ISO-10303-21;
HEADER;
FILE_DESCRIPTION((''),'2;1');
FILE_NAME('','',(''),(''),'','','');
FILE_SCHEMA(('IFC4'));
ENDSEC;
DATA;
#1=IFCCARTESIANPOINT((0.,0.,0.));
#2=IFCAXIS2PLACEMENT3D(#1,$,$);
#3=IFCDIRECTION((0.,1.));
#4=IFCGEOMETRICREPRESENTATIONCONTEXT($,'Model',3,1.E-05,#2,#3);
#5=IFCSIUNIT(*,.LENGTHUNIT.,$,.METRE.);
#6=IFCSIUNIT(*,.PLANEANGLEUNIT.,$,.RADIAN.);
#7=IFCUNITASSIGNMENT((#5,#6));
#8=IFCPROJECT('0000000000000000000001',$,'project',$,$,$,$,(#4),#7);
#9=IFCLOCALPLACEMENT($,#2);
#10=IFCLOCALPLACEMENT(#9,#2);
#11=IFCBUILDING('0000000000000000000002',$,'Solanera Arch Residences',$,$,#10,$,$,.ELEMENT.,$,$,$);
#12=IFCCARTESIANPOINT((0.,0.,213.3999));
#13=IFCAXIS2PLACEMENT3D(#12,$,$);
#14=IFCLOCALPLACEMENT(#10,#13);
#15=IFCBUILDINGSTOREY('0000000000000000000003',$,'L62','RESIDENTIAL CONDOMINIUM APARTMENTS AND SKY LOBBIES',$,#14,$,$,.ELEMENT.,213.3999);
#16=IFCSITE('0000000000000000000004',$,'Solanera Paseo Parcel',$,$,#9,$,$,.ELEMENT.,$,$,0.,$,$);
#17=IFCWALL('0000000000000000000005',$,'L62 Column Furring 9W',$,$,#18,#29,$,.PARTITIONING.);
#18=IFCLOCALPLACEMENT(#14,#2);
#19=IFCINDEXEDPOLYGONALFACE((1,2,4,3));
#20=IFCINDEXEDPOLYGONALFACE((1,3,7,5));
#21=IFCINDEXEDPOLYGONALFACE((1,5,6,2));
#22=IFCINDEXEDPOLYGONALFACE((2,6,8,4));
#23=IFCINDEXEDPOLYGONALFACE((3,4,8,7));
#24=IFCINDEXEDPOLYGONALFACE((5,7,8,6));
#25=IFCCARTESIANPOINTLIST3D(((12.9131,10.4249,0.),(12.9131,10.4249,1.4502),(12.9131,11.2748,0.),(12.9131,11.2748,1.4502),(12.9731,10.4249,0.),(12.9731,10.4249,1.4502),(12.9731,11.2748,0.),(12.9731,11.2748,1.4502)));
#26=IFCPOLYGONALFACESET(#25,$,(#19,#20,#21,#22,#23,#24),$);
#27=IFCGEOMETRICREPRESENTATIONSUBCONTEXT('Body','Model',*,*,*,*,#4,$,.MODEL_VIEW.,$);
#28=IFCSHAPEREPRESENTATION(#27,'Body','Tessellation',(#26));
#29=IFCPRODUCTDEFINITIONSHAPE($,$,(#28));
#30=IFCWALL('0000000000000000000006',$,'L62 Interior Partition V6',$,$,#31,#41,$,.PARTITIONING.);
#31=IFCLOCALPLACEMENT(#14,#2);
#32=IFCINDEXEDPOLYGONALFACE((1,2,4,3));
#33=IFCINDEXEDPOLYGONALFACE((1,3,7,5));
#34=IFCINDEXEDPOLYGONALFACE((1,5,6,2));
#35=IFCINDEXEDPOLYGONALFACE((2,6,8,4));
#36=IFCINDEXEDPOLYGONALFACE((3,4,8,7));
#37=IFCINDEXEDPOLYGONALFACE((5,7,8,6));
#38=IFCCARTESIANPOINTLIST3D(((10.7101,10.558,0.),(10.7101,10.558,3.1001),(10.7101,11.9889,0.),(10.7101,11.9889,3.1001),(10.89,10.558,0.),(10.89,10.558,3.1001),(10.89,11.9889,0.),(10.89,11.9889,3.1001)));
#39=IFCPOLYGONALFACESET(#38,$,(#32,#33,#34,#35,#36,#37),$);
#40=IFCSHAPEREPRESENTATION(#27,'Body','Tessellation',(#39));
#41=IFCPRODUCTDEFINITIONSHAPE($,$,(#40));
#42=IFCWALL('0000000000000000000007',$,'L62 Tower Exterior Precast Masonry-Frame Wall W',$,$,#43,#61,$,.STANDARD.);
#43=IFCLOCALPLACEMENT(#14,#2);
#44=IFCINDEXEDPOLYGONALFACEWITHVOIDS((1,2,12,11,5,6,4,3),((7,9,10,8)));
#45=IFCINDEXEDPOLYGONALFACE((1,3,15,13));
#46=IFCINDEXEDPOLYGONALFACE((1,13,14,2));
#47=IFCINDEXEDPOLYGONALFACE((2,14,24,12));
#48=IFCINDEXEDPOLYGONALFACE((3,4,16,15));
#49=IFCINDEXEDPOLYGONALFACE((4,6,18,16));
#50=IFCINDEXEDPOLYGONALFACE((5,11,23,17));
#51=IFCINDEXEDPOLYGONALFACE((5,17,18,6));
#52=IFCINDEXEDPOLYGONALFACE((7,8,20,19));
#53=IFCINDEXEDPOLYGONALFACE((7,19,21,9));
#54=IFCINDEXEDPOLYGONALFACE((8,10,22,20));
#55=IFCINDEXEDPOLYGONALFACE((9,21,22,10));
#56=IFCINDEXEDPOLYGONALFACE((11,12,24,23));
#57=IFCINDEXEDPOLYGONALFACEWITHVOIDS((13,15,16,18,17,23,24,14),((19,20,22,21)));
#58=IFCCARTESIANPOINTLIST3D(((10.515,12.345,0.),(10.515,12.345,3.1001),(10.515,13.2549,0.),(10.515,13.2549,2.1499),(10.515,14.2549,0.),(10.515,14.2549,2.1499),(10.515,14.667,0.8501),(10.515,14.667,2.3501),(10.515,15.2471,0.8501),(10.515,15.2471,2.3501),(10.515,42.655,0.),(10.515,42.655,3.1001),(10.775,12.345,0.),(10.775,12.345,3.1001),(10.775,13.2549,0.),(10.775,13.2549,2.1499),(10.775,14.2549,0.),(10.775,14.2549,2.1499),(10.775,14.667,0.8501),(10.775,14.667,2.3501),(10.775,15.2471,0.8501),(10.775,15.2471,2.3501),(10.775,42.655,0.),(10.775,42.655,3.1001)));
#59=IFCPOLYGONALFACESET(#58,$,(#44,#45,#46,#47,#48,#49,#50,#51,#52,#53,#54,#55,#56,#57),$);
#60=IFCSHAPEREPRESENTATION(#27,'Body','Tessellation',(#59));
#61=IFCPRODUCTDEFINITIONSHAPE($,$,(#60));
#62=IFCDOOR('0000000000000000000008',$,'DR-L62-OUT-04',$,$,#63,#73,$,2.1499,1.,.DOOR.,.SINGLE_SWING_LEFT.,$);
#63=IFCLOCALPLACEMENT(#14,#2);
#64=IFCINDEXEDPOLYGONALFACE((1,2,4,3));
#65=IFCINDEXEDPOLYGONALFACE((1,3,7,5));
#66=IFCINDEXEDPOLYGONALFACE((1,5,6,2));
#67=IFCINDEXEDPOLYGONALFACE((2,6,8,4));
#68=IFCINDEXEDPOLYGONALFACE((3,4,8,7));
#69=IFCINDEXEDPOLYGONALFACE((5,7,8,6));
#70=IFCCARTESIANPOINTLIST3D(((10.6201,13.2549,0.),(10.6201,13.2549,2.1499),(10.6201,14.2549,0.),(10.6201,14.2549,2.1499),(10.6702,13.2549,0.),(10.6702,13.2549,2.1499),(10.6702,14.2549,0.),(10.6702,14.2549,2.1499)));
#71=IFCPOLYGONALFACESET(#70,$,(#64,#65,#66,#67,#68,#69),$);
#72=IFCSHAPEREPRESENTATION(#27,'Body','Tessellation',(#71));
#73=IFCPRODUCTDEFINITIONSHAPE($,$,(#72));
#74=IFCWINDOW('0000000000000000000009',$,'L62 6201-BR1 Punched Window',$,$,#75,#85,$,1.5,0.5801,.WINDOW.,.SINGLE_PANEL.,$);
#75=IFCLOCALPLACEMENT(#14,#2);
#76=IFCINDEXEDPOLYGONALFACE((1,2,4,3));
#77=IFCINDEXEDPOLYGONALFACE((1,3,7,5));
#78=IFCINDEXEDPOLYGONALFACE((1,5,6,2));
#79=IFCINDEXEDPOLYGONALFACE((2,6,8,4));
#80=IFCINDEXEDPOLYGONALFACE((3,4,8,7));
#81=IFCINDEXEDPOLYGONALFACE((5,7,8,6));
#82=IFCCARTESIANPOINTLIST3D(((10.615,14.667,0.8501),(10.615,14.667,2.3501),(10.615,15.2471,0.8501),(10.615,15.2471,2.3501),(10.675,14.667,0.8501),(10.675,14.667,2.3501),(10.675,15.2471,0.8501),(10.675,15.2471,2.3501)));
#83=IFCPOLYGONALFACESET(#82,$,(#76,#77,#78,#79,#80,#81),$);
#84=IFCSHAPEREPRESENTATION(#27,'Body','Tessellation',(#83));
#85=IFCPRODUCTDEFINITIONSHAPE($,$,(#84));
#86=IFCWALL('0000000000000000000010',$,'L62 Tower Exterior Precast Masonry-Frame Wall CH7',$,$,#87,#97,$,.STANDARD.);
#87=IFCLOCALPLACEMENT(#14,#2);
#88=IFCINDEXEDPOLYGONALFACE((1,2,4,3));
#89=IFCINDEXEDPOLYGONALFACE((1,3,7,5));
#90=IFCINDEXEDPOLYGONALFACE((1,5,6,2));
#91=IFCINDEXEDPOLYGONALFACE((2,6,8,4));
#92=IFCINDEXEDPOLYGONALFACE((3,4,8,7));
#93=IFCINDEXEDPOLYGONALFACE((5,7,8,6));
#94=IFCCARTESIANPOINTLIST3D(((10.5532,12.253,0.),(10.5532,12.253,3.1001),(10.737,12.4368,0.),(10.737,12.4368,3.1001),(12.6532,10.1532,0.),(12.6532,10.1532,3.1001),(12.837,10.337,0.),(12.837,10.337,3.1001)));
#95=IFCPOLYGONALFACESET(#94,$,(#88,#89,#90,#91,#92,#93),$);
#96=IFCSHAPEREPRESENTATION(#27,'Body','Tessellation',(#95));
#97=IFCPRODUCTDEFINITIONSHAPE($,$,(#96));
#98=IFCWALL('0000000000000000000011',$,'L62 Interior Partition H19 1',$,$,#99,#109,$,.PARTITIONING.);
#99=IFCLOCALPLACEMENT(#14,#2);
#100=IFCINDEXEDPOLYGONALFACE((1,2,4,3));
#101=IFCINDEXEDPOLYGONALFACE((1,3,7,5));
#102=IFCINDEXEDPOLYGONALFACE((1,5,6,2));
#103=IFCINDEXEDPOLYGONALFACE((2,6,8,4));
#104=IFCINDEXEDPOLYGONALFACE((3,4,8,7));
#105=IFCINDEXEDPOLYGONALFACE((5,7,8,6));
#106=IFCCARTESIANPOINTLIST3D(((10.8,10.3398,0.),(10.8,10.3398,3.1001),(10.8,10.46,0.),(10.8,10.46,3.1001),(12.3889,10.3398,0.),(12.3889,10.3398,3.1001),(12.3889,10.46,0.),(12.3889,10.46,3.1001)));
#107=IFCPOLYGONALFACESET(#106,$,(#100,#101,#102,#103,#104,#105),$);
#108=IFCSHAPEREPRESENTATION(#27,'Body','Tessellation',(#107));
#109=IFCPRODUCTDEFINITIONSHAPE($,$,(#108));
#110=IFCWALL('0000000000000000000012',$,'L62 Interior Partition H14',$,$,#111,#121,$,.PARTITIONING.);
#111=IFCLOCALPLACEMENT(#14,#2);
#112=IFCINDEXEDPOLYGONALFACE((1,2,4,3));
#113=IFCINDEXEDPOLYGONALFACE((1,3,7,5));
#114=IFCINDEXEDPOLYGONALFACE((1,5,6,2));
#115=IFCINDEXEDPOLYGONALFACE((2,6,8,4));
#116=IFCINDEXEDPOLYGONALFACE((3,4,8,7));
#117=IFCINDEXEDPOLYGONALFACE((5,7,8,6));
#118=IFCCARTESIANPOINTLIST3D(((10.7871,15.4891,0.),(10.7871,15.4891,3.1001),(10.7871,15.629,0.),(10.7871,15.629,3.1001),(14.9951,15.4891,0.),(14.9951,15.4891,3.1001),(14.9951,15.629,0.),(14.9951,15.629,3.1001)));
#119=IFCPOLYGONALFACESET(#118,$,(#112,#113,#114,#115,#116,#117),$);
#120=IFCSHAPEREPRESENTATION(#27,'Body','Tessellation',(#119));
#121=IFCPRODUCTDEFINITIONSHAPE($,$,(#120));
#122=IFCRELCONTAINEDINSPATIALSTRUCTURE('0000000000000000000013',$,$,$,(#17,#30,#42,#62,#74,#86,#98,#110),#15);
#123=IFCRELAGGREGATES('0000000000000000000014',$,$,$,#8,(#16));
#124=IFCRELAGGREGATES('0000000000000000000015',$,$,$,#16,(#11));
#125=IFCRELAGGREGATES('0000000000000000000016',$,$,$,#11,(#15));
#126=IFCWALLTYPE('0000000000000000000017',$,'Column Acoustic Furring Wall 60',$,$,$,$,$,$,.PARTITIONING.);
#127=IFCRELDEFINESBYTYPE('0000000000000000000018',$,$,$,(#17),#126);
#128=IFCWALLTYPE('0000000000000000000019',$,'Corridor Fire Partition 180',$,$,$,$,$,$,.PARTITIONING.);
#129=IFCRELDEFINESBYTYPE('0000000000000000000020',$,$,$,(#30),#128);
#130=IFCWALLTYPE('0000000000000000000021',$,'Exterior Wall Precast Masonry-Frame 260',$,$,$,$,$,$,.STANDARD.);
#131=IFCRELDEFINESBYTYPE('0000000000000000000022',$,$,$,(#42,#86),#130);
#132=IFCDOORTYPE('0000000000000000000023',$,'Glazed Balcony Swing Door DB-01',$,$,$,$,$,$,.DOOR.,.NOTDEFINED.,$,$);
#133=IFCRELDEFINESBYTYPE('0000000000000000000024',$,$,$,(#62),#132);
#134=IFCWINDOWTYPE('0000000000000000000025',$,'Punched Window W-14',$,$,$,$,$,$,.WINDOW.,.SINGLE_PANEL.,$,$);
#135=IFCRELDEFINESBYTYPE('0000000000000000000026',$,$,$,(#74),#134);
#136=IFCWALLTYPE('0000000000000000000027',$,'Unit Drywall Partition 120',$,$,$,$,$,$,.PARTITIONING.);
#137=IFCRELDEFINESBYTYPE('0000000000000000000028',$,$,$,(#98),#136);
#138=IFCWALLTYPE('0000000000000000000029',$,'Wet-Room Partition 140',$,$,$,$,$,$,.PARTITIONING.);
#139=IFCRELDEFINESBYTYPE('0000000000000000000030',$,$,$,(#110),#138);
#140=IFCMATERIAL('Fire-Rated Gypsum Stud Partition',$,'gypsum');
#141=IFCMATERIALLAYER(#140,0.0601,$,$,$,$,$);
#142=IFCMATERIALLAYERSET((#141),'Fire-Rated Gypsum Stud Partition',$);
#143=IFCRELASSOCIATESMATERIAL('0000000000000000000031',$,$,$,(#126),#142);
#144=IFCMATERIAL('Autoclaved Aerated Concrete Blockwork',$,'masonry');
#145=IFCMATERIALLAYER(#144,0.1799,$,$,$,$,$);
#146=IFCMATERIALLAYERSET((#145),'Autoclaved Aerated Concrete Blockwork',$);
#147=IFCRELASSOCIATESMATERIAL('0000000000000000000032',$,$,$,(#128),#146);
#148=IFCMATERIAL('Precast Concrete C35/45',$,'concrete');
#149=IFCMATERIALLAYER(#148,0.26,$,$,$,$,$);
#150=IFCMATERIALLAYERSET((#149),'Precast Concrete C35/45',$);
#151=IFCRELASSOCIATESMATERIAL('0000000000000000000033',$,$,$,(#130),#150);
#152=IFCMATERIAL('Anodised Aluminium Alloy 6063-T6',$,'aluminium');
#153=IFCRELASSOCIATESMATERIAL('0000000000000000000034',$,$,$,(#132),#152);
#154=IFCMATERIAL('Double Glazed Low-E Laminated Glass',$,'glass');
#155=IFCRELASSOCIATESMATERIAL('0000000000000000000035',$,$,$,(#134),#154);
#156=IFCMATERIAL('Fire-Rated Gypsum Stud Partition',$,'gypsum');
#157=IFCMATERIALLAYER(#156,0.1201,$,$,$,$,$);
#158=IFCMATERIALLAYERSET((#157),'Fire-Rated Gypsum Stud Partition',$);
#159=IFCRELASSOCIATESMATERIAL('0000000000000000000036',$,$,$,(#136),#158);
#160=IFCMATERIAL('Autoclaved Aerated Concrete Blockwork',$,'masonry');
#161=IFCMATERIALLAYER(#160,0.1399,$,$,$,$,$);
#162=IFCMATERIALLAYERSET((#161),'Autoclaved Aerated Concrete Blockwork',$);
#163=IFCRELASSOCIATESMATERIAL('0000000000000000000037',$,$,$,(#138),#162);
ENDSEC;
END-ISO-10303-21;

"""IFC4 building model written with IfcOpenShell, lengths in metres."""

from ifc_helpers import new_model, si_unit, direction, frame, frame_2d, origin, place, context, subcontext, project, spatial, rectangle, extrude, material, layer, layer_set, type_object, element, fill, save


model = new_model("IFC4")

# Units and contexts
model_context = context("Model", 3, precision=1e-05, world=origin(), true_north=direction((0.0, 1.0)))
body_context = subcontext(model_context, "Body", "Model", "MODEL_VIEW")
ifc_project = project(units=[si_unit("LENGTHUNIT", "METRE"), si_unit("PLANEANGLEUNIT", "RADIAN")], contexts=[model_context])

# Site, building, storey
site_placement = place(None, origin())
site = spatial("IfcSite", under=ifc_project, at=site_placement, Name="Solanera Paseo Parcel", CompositionType="ELEMENT", RefElevation=0.0)
building_placement = place(site_placement, origin())
building = spatial("IfcBuilding", under=site, at=building_placement, Name="Solanera Arch Residences", CompositionType="ELEMENT")
storey_placement = place(building_placement, frame((0.0, 0.0, 213.3999)))
storey = spatial("IfcBuildingStorey", under=building, at=storey_placement, Name="L62", Description="RESIDENTIAL CONDOMINIUM APARTMENTS AND SKY LOBBIES", CompositionType="ELEMENT", Elevation=213.3999)

# Walls
ifc_material_1 = material(Name="Fire-Rated Gypsum Stud Partition", Category="gypsum")
ifc_layer_1 = layer(ifc_material_1, 0.0601)
ifc_layer_set_1 = layer_set([ifc_layer_1], Name="Fire-Rated Gypsum Stud Partition")
wall_type_1 = type_object("IfcWallType", Name="Column Acoustic Furring Wall 60", PredefinedType="PARTITIONING", material=ifc_layer_set_1)
wall_1_placement = place(storey_placement, frame((12.9431, 10.425, 0.0), z_axis=(0.0, 0.0, 1.0), x_axis=(0.0, 1.0, 0.0)))
element("IfcWall", 1, at=wall_1_placement, inside=storey, type_object=wall_type_1, Name="L62 Column Furring 9W", PredefinedType="PARTITIONING", context=body_context, shape_type="SweptSolid", body=[
    extrude(rectangle(XDim=0.8499, YDim=0.0601, at=frame_2d((0.4248, 0.0))), origin(), (0.0, 0.0, 1.0), 1.4502),
])
ifc_material_2 = material(Name="Autoclaved Aerated Concrete Blockwork", Category="masonry")
ifc_layer_2 = layer(ifc_material_2, 0.1799)
ifc_layer_set_2 = layer_set([ifc_layer_2], Name="Autoclaved Aerated Concrete Blockwork")
wall_type_2 = type_object("IfcWallType", Name="Corridor Fire Partition 180", PredefinedType="PARTITIONING", material=ifc_layer_set_2)
wall_2_placement = place(storey_placement, frame((10.8, 10.5581, 0.0), z_axis=(0.0, 0.0, 1.0), x_axis=(0.0, 1.0, 0.0)))
element("IfcWall", 2, at=wall_2_placement, inside=storey, type_object=wall_type_2, Name="L62 Interior Partition V6", PredefinedType="PARTITIONING", context=body_context, shape_type="SweptSolid", body=[
    extrude(rectangle(XDim=1.4309, YDim=0.1799, at=frame_2d((0.7153, 0.0))), origin(), (0.0, 0.0, 1.0), 3.1001),
])

# Wall, openings, door, window
ifc_material_3 = material(Name="Precast Concrete C35/45", Category="concrete")
ifc_layer_3 = layer(ifc_material_3, 0.26)
ifc_layer_set_3 = layer_set([ifc_layer_3], Name="Precast Concrete C35/45")
wall_type_3 = type_object("IfcWallType", Name="Exterior Wall Precast Masonry-Frame 260", PredefinedType="STANDARD", material=ifc_layer_set_3)
wall_3_placement = place(storey_placement, frame((10.645, 12.345, 0.0), z_axis=(0.0, 0.0, 1.0), x_axis=(0.0, 1.0, 0.0)))
wall_3 = element("IfcWall", 3, at=wall_3_placement, inside=storey, type_object=wall_type_3, Name="L62 Tower Exterior Precast Masonry-Frame Wall W", PredefinedType="STANDARD", context=body_context, shape_type="SweptSolid", body=[
    extrude(rectangle(XDim=30.3101, YDim=0.26, at=frame_2d((15.155, 0.0))), origin(), (0.0, 0.0, 1.0), 3.1001),
])
opening_1_placement = place(wall_3_placement, frame((0.9099, 0.0, 0.0)))
opening_1 = element("IfcOpeningElement", 4, at=opening_1_placement, cuts=wall_3, PredefinedType="OPENING", context=body_context, shape_type="SweptSolid", body=[
    extrude(rectangle(XDim=1.0, YDim=2.1499, at=frame_2d((0.5, 1.075))), frame((0.0, 0.1399, 0.0), z_axis=(0.0, -1.0, 0.0), x_axis=(1.0, 0.0, 0.0)), (0.0, 0.0, 1.0), 0.28),
])
opening_2_placement = place(wall_3_placement, frame((2.322, 0.0, 0.8501)))
opening_2 = element("IfcOpeningElement", 5, at=opening_2_placement, cuts=wall_3, PredefinedType="OPENING", context=body_context, shape_type="SweptSolid", body=[
    extrude(rectangle(XDim=0.5801, YDim=1.5, at=frame_2d((0.29, 0.75))), frame((0.0, 0.1399, 0.0), z_axis=(0.0, -1.0, 0.0), x_axis=(1.0, 0.0, 0.0)), (0.0, 0.0, 1.0), 0.28),
])
ifc_material_4 = material(Name="Anodised Aluminium Alloy 6063-T6", Category="aluminium")
door_type = type_object("IfcDoorType", Name="Glazed Balcony Swing Door DB-01", OperationType="NOTDEFINED", PredefinedType="DOOR", material=ifc_material_4)
door_placement = place(opening_1_placement, origin())
door = element("IfcDoor", 6, at=door_placement, inside=storey, type_object=door_type, Name="DR-L62-OUT-04", OperationType="SINGLE_SWING_LEFT", OverallHeight=2.1499, OverallWidth=1.0, PredefinedType="DOOR", context=body_context, shape_type="SweptSolid", body=[
    extrude(rectangle(XDim=1.0, YDim=2.1499, at=frame_2d((0.5, 1.075))), frame((0.0, 0.0249, 0.0), z_axis=(0.0, -1.0, 0.0), x_axis=(1.0, 0.0, 0.0)), (0.0, 0.0, 1.0), 0.05),
])
fill(opening_1, door)
ifc_material_5 = material(Name="Double Glazed Low-E Laminated Glass", Category="glass")
window_type = type_object("IfcWindowType", Name="Punched Window W-14", PartitioningType="SINGLE_PANEL", PredefinedType="WINDOW", material=ifc_material_5)
window_placement = place(opening_2_placement, origin())
window = element("IfcWindow", 7, at=window_placement, inside=storey, type_object=window_type, Name="L62 6201-BR1 Punched Window", OverallHeight=1.5, OverallWidth=0.5801, PartitioningType="SINGLE_PANEL", PredefinedType="WINDOW", context=body_context, shape_type="SweptSolid", body=[
    extrude(rectangle(XDim=0.5801, YDim=1.5, at=frame_2d((0.29, 0.75))), frame((0.0, 0.03, 0.0), z_axis=(0.0, -1.0, 0.0), x_axis=(1.0, 0.0, 0.0)), (0.0, 0.0, 1.0), 0.0601),
])
fill(opening_2, window)

# Walls
wall_4_placement = place(storey_placement, frame((12.7451, 10.2451, 0.0), z_axis=(0.0, 0.0, 1.0), x_axis=(-0.707148, 0.707066, 0.0)))
element("IfcWall", 8, at=wall_4_placement, inside=storey, type_object=wall_type_3, Name="L62 Tower Exterior Precast Masonry-Frame Wall CH7", PredefinedType="STANDARD", context=body_context, shape_type="SweptSolid", body=[
    extrude(rectangle(XDim=2.9697, YDim=0.26, at=frame_2d((1.4849, 0.0))), origin(), (0.0, 0.0, 1.0), 3.1001),
])
ifc_material_6 = material(Name="Fire-Rated Gypsum Stud Partition", Category="gypsum")
ifc_layer_4 = layer(ifc_material_6, 0.1201)
ifc_layer_set_4 = layer_set([ifc_layer_4], Name="Fire-Rated Gypsum Stud Partition")
wall_type_4 = type_object("IfcWallType", Name="Unit Drywall Partition 120", PredefinedType="PARTITIONING", material=ifc_layer_set_4)
wall_5_placement = place(storey_placement, frame((10.8, 10.3999, 0.0), z_axis=(0.0, 0.0, 1.0), x_axis=(1.0, 0.0, 0.0)))
element("IfcWall", 9, at=wall_5_placement, inside=storey, type_object=wall_type_4, Name="L62 Interior Partition H19 1", PredefinedType="PARTITIONING", context=body_context, shape_type="SweptSolid", body=[
    extrude(rectangle(XDim=1.5889, YDim=0.1201, at=frame_2d((0.7944, 0.0))), origin(), (0.0, 0.0, 1.0), 3.1001),
])
ifc_material_7 = material(Name="Autoclaved Aerated Concrete Blockwork", Category="masonry")
ifc_layer_5 = layer(ifc_material_7, 0.1399)
ifc_layer_set_5 = layer_set([ifc_layer_5], Name="Autoclaved Aerated Concrete Blockwork")
wall_type_5 = type_object("IfcWallType", Name="Wet-Room Partition 140", PredefinedType="PARTITIONING", material=ifc_layer_set_5)
wall_6_placement = place(storey_placement, frame((10.7871, 15.5591, 0.0), z_axis=(0.0, 0.0, 1.0), x_axis=(1.0, 0.0, 0.0)))
element("IfcWall", 10, at=wall_6_placement, inside=storey, type_object=wall_type_5, Name="L62 Interior Partition H14", PredefinedType="PARTITIONING", context=body_context, shape_type="SweptSolid", body=[
    extrude(rectangle(XDim=4.208, YDim=0.1399, at=frame_2d((2.104, 0.0))), origin(), (0.0, 0.0, 1.0), 3.1001),
])

save(model, "model.ifc")
